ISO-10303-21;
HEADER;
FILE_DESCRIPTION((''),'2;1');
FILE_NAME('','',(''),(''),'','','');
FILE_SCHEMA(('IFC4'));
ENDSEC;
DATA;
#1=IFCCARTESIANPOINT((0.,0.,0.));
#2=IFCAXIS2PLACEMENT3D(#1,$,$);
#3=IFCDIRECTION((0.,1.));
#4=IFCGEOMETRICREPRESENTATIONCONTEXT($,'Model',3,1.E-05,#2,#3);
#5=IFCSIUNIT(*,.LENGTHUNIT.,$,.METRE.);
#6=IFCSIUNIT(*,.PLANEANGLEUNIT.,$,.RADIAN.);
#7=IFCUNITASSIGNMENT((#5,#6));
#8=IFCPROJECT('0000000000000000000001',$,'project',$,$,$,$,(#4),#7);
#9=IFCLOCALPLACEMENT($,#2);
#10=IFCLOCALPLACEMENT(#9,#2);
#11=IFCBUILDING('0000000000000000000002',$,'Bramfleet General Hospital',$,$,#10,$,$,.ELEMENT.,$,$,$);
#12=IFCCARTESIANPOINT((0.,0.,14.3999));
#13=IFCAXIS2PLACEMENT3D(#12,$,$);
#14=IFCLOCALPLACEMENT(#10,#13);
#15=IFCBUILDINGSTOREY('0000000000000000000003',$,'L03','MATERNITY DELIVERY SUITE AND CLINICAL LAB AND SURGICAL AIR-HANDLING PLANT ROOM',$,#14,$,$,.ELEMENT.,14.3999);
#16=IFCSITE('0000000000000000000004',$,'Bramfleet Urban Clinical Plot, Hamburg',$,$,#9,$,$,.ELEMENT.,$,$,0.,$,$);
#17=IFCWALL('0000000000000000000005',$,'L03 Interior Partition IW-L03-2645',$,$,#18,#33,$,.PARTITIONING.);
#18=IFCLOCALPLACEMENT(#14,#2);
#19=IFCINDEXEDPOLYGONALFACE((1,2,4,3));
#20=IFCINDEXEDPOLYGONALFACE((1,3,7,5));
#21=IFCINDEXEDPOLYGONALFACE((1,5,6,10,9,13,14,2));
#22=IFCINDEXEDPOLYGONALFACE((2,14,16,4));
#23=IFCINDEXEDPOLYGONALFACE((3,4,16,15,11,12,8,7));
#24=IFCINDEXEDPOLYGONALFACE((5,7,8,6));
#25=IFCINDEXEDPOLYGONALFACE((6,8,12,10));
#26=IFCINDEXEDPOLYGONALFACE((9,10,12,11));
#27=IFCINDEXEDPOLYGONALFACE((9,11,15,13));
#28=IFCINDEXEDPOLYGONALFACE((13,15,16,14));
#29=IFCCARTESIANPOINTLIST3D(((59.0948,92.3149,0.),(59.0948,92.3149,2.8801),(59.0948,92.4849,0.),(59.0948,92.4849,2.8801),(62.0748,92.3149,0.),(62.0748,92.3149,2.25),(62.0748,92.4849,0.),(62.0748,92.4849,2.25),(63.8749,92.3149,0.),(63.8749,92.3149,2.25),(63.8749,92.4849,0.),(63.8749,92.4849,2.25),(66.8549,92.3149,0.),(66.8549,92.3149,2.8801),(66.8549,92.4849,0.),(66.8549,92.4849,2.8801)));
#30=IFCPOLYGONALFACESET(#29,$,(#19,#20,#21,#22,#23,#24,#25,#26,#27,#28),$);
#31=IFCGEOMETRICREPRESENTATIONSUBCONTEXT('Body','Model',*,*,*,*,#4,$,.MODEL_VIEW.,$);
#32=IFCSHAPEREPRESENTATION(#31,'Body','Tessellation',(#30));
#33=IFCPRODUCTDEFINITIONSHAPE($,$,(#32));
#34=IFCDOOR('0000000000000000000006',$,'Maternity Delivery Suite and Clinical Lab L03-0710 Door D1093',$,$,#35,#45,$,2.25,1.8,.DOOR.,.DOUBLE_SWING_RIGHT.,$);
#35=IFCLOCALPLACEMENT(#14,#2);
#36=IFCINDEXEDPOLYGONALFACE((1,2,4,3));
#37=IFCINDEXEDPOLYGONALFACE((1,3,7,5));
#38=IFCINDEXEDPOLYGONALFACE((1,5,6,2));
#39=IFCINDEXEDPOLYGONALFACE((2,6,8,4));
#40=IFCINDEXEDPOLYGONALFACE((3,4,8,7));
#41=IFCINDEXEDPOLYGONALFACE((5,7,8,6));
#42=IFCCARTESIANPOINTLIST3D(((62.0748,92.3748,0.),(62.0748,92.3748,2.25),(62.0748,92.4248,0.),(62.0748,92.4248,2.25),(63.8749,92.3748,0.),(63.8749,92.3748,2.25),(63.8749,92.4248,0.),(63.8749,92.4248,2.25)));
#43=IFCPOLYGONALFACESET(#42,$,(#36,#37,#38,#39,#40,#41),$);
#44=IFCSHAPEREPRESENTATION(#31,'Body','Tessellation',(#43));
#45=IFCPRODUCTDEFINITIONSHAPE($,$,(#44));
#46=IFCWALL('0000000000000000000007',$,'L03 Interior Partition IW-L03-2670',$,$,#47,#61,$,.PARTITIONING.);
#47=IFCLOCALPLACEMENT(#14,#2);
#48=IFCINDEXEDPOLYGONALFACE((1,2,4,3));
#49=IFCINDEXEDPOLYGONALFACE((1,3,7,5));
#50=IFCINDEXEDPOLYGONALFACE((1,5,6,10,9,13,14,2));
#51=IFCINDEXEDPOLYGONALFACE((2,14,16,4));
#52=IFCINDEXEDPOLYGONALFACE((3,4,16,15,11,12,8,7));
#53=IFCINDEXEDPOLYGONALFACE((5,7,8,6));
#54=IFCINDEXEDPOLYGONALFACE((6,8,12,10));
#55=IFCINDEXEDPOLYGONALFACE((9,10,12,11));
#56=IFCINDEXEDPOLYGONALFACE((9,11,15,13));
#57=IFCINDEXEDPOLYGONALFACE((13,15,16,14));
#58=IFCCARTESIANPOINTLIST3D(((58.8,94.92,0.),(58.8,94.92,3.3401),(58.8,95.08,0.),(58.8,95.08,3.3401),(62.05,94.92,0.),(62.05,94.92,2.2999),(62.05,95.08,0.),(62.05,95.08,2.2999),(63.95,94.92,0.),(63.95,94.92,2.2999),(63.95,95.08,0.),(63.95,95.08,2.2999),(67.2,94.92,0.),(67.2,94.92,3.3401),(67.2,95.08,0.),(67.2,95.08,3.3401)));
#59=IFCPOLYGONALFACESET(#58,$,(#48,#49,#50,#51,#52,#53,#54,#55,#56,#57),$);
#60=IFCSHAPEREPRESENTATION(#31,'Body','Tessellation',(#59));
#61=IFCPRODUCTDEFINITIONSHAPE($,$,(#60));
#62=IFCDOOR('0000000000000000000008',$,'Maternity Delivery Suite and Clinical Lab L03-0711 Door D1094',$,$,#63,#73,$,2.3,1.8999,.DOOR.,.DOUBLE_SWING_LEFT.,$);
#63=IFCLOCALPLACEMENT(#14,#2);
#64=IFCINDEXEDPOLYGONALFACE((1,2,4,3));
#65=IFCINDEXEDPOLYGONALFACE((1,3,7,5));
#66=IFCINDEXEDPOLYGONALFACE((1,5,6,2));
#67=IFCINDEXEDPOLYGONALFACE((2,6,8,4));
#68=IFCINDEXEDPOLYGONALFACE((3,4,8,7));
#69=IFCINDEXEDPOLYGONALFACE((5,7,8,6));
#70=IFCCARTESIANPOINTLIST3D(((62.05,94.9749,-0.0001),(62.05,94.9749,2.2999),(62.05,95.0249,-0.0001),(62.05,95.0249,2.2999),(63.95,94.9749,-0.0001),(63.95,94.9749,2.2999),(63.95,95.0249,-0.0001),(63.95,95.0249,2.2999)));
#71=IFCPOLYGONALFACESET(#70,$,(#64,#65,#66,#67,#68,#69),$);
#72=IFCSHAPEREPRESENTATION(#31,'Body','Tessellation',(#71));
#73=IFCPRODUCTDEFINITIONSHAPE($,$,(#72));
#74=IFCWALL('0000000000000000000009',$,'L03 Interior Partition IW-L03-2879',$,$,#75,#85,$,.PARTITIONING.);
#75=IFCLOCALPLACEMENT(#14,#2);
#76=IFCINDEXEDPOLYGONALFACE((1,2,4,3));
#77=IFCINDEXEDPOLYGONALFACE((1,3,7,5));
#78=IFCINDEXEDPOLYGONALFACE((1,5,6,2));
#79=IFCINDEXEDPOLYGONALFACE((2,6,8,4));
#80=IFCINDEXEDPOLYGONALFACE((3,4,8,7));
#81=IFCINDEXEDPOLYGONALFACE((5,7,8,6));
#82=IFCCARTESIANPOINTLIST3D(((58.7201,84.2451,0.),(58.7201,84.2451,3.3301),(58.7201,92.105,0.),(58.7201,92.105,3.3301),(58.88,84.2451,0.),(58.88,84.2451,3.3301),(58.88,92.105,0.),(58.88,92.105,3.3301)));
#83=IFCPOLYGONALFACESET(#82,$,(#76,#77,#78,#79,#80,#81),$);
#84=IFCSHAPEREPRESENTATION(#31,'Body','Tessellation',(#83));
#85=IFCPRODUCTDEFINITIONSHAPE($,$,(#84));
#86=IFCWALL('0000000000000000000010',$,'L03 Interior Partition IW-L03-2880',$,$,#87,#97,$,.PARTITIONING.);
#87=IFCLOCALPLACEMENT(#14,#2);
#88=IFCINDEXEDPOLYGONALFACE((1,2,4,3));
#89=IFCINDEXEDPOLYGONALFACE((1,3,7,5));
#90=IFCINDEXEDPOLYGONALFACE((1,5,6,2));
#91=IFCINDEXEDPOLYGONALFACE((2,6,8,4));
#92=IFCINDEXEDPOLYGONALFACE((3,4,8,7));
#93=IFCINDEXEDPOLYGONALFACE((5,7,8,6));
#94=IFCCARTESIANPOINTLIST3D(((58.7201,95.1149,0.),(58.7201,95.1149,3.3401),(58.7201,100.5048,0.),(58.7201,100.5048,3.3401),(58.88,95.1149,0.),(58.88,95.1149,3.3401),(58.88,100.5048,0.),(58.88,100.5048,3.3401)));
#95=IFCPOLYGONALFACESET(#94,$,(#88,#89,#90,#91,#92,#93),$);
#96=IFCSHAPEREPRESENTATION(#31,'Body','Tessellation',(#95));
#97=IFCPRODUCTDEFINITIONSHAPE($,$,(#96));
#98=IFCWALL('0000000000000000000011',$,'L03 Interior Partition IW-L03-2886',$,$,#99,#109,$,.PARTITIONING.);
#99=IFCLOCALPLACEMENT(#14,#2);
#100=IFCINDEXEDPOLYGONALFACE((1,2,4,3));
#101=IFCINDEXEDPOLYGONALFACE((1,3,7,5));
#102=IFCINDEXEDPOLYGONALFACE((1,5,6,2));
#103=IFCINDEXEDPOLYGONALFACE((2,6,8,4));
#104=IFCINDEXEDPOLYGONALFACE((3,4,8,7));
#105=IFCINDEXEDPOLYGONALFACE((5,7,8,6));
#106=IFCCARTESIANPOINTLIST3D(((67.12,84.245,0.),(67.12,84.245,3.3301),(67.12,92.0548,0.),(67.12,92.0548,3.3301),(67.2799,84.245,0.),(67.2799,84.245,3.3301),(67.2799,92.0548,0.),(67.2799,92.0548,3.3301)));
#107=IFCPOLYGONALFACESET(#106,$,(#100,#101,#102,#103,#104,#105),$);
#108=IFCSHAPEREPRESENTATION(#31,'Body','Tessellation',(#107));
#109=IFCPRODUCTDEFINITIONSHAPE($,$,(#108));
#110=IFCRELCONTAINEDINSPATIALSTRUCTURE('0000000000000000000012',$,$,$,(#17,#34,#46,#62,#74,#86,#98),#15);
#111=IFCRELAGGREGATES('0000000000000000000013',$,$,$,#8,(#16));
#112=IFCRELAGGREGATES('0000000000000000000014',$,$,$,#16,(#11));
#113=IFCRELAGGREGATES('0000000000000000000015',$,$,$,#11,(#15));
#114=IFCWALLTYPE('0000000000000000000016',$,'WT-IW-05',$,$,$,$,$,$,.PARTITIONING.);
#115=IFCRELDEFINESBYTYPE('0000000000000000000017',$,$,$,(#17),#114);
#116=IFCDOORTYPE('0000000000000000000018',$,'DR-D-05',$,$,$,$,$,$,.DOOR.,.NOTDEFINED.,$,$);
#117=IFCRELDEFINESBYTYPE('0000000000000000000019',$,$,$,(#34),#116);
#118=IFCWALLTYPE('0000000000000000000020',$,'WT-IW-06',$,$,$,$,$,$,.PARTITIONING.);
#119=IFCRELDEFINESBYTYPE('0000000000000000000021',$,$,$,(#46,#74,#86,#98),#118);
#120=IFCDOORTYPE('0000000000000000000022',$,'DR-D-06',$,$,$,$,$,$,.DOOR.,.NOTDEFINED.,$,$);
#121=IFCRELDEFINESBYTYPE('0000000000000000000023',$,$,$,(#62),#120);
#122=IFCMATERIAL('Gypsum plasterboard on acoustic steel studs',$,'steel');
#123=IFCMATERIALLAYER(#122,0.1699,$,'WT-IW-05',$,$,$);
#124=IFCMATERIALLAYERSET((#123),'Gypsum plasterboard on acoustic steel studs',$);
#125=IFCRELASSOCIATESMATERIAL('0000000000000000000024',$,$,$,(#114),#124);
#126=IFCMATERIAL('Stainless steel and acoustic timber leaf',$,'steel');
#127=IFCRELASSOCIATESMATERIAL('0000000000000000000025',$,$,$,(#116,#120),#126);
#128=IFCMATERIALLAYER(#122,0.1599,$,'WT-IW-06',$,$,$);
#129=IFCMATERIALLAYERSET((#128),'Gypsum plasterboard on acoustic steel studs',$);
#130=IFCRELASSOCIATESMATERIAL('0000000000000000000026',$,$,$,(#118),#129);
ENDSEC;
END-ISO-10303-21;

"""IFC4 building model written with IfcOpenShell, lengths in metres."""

from ifc_helpers import new_model, si_unit, direction, frame, frame_2d, origin, place, context, subcontext, project, spatial, rectangle, extrude, material, layer, layer_set, type_object, element, fill, save


model = new_model("IFC4")

# Units and contexts
model_context = context("Model", 3, precision=1e-05, world=origin(), true_north=direction((0.0, 1.0)))
body_context = subcontext(model_context, "Body", "Model", "MODEL_VIEW")
ifc_project = project(units=[si_unit("LENGTHUNIT", "METRE"), si_unit("PLANEANGLEUNIT", "RADIAN")], contexts=[model_context])

# Site, building, storey
site_placement = place(None, origin())
site = spatial("IfcSite", under=ifc_project, at=site_placement, Name="Bramfleet Urban Clinical Plot, Hamburg", CompositionType="ELEMENT", RefElevation=0.0)
building_placement = place(site_placement, origin())
building = spatial("IfcBuilding", under=site, at=building_placement, Name="Bramfleet General Hospital", CompositionType="ELEMENT")
storey_placement = place(building_placement, frame((0.0, 0.0, 14.3999)))
storey = spatial("IfcBuildingStorey", under=building, at=storey_placement, Name="L03", Description="MATERNITY DELIVERY SUITE AND CLINICAL LAB AND SURGICAL AIR-HANDLING PLANT ROOM", CompositionType="ELEMENT", Elevation=14.3999)

# Walls, openings, doors
ifc_material_1 = material(Name="Gypsum plasterboard on acoustic steel studs", Category="steel")
ifc_layer_1 = layer(ifc_material_1, 0.1699, Name="WT-IW-05")
ifc_layer_set_1 = layer_set([ifc_layer_1], Name="Gypsum plasterboard on acoustic steel studs")
wall_type_1 = type_object("IfcWallType", Name="WT-IW-05", PredefinedType="PARTITIONING", material=ifc_layer_set_1)
wall_1_placement = place(storey_placement, frame((59.095, 92.3999, 0.0), z_axis=(0.0, 0.0, 1.0), x_axis=(1.0, 0.0, 0.0)))
wall_1 = element("IfcWall", 1, at=wall_1_placement, inside=storey, type_object=wall_type_1, Name="L03 Interior Partition IW-L03-2645", PredefinedType="PARTITIONING", context=body_context, shape_type="SweptSolid", body=[
    extrude(rectangle(XDim=7.76, YDim=0.1699, at=frame_2d((3.8799, 0.0))), origin(), (0.0, 0.0, 1.0), 2.8801),
])
opening_1_placement = place(wall_1_placement, frame((2.98, 0.0, 0.0)))
opening_1 = element("IfcOpeningElement", 2, at=opening_1_placement, cuts=wall_1, PredefinedType="OPENING", context=body_context, shape_type="SweptSolid", body=[
    extrude(rectangle(XDim=1.8, YDim=2.25, at=frame_2d((0.8999, 1.125))), frame((0.0, 0.095, 0.0), z_axis=(0.0, -1.0, 0.0), x_axis=(1.0, 0.0, 0.0)), (0.0, 0.0, 1.0), 0.1899),
])
ifc_material_2 = material(Name="Stainless steel and acoustic timber leaf", Category="steel")
door_type_1 = type_object("IfcDoorType", Name="DR-D-05", OperationType="NOTDEFINED", PredefinedType="DOOR", material=ifc_material_2)
door_1_placement = place(opening_1_placement, origin())
door_1 = element("IfcDoor", 3, at=door_1_placement, inside=storey, type_object=door_type_1, Name="Maternity Delivery Suite and Clinical Lab L03-0710 Door D1093", OperationType="DOUBLE_SWING_RIGHT", OverallHeight=2.25, OverallWidth=1.8, PredefinedType="DOOR", context=body_context, shape_type="SweptSolid", body=[
    extrude(rectangle(XDim=1.8, YDim=2.25, at=frame_2d((0.8999, 1.125))), frame((0.0, 0.0249, 0.0), z_axis=(0.0, -1.0, 0.0), x_axis=(1.0, 0.0, 0.0)), (0.0, 0.0, 1.0), 0.05),
])
fill(opening_1, door_1)
ifc_layer_2 = layer(ifc_material_1, 0.1599, Name="WT-IW-06")
ifc_layer_set_2 = layer_set([ifc_layer_2], Name="Gypsum plasterboard on acoustic steel studs")
wall_type_2 = type_object("IfcWallType", Name="WT-IW-06", PredefinedType="PARTITIONING", material=ifc_layer_set_2)
wall_2_placement = place(storey_placement, frame((58.8, 95.0, 0.0), z_axis=(0.0, 0.0, 1.0), x_axis=(1.0, 0.0, 0.0)))
wall_2 = element("IfcWall", 4, at=wall_2_placement, inside=storey, type_object=wall_type_2, Name="L03 Interior Partition IW-L03-2670", PredefinedType="PARTITIONING", context=body_context, shape_type="SweptSolid", body=[
    extrude(rectangle(XDim=8.3999, YDim=0.1599, at=frame_2d((4.2, 0.0))), origin(), (0.0, 0.0, 1.0), 3.3401),
])
opening_2_placement = place(wall_2_placement, frame((3.25, 0.0, 0.0)))
opening_2 = element("IfcOpeningElement", 5, at=opening_2_placement, cuts=wall_2, PredefinedType="OPENING", context=body_context, shape_type="SweptSolid", body=[
    extrude(rectangle(XDim=1.8999, YDim=2.3, at=frame_2d((0.95, 1.1499))), frame((0.0, 0.0898, 0.0), z_axis=(0.0, -1.0, 0.0), x_axis=(1.0, 0.0, 0.0)), (0.0, 0.0, 1.0), 0.1799),
])
door_type_2 = type_object("IfcDoorType", Name="DR-D-06", OperationType="NOTDEFINED", PredefinedType="DOOR", material=ifc_material_2)
door_2_placement = place(opening_2_placement, origin())
door_2 = element("IfcDoor", 6, at=door_2_placement, inside=storey, type_object=door_type_2, Name="Maternity Delivery Suite and Clinical Lab L03-0711 Door D1094", OperationType="DOUBLE_SWING_LEFT", OverallHeight=2.3, OverallWidth=1.8999, PredefinedType="DOOR", context=body_context, shape_type="SweptSolid", body=[
    extrude(rectangle(XDim=1.8999, YDim=2.3, at=frame_2d((0.95, 1.1499))), frame((0.0, 0.0249, 0.0), z_axis=(0.0, -1.0, 0.0), x_axis=(1.0, 0.0, 0.0)), (0.0, 0.0, 1.0), 0.05),
])
fill(opening_2, door_2)

# Walls
wall_3_placement = place(storey_placement, frame((58.8, 84.2451, 0.0), z_axis=(0.0, 0.0, 1.0), x_axis=(0.0, 1.0, 0.0)))
element("IfcWall", 7, at=wall_3_placement, inside=storey, type_object=wall_type_2, Name="L03 Interior Partition IW-L03-2879", PredefinedType="PARTITIONING", context=body_context, shape_type="SweptSolid", body=[
    extrude(rectangle(XDim=7.8599, YDim=0.1599, at=frame_2d((3.9299, 0.0))), origin(), (0.0, 0.0, 1.0), 3.3301),
])
wall_4_placement = place(storey_placement, frame((58.8, 95.115, 0.0), z_axis=(0.0, 0.0, 1.0), x_axis=(0.0, 1.0, 0.0)))
element("IfcWall", 8, at=wall_4_placement, inside=storey, type_object=wall_type_2, Name="L03 Interior Partition IW-L03-2880", PredefinedType="PARTITIONING", context=body_context, shape_type="SweptSolid", body=[
    extrude(rectangle(XDim=5.3899, YDim=0.1599, at=frame_2d((2.6948, 0.0))), origin(), (0.0, 0.0, 1.0), 3.3401),
])
wall_5_placement = place(storey_placement, frame((67.2, 84.2451, 0.0), z_axis=(0.0, 0.0, 1.0), x_axis=(0.0, 1.0, 0.0)))
element("IfcWall", 9, at=wall_5_placement, inside=storey, type_object=wall_type_2, Name="L03 Interior Partition IW-L03-2886", PredefinedType="PARTITIONING", context=body_context, shape_type="SweptSolid", body=[
    extrude(rectangle(XDim=7.8098, YDim=0.1599, at=frame_2d((3.9048, 0.0))), origin(), (0.0, 0.0, 1.0), 3.3301),
])

save(model, "model.ifc")
